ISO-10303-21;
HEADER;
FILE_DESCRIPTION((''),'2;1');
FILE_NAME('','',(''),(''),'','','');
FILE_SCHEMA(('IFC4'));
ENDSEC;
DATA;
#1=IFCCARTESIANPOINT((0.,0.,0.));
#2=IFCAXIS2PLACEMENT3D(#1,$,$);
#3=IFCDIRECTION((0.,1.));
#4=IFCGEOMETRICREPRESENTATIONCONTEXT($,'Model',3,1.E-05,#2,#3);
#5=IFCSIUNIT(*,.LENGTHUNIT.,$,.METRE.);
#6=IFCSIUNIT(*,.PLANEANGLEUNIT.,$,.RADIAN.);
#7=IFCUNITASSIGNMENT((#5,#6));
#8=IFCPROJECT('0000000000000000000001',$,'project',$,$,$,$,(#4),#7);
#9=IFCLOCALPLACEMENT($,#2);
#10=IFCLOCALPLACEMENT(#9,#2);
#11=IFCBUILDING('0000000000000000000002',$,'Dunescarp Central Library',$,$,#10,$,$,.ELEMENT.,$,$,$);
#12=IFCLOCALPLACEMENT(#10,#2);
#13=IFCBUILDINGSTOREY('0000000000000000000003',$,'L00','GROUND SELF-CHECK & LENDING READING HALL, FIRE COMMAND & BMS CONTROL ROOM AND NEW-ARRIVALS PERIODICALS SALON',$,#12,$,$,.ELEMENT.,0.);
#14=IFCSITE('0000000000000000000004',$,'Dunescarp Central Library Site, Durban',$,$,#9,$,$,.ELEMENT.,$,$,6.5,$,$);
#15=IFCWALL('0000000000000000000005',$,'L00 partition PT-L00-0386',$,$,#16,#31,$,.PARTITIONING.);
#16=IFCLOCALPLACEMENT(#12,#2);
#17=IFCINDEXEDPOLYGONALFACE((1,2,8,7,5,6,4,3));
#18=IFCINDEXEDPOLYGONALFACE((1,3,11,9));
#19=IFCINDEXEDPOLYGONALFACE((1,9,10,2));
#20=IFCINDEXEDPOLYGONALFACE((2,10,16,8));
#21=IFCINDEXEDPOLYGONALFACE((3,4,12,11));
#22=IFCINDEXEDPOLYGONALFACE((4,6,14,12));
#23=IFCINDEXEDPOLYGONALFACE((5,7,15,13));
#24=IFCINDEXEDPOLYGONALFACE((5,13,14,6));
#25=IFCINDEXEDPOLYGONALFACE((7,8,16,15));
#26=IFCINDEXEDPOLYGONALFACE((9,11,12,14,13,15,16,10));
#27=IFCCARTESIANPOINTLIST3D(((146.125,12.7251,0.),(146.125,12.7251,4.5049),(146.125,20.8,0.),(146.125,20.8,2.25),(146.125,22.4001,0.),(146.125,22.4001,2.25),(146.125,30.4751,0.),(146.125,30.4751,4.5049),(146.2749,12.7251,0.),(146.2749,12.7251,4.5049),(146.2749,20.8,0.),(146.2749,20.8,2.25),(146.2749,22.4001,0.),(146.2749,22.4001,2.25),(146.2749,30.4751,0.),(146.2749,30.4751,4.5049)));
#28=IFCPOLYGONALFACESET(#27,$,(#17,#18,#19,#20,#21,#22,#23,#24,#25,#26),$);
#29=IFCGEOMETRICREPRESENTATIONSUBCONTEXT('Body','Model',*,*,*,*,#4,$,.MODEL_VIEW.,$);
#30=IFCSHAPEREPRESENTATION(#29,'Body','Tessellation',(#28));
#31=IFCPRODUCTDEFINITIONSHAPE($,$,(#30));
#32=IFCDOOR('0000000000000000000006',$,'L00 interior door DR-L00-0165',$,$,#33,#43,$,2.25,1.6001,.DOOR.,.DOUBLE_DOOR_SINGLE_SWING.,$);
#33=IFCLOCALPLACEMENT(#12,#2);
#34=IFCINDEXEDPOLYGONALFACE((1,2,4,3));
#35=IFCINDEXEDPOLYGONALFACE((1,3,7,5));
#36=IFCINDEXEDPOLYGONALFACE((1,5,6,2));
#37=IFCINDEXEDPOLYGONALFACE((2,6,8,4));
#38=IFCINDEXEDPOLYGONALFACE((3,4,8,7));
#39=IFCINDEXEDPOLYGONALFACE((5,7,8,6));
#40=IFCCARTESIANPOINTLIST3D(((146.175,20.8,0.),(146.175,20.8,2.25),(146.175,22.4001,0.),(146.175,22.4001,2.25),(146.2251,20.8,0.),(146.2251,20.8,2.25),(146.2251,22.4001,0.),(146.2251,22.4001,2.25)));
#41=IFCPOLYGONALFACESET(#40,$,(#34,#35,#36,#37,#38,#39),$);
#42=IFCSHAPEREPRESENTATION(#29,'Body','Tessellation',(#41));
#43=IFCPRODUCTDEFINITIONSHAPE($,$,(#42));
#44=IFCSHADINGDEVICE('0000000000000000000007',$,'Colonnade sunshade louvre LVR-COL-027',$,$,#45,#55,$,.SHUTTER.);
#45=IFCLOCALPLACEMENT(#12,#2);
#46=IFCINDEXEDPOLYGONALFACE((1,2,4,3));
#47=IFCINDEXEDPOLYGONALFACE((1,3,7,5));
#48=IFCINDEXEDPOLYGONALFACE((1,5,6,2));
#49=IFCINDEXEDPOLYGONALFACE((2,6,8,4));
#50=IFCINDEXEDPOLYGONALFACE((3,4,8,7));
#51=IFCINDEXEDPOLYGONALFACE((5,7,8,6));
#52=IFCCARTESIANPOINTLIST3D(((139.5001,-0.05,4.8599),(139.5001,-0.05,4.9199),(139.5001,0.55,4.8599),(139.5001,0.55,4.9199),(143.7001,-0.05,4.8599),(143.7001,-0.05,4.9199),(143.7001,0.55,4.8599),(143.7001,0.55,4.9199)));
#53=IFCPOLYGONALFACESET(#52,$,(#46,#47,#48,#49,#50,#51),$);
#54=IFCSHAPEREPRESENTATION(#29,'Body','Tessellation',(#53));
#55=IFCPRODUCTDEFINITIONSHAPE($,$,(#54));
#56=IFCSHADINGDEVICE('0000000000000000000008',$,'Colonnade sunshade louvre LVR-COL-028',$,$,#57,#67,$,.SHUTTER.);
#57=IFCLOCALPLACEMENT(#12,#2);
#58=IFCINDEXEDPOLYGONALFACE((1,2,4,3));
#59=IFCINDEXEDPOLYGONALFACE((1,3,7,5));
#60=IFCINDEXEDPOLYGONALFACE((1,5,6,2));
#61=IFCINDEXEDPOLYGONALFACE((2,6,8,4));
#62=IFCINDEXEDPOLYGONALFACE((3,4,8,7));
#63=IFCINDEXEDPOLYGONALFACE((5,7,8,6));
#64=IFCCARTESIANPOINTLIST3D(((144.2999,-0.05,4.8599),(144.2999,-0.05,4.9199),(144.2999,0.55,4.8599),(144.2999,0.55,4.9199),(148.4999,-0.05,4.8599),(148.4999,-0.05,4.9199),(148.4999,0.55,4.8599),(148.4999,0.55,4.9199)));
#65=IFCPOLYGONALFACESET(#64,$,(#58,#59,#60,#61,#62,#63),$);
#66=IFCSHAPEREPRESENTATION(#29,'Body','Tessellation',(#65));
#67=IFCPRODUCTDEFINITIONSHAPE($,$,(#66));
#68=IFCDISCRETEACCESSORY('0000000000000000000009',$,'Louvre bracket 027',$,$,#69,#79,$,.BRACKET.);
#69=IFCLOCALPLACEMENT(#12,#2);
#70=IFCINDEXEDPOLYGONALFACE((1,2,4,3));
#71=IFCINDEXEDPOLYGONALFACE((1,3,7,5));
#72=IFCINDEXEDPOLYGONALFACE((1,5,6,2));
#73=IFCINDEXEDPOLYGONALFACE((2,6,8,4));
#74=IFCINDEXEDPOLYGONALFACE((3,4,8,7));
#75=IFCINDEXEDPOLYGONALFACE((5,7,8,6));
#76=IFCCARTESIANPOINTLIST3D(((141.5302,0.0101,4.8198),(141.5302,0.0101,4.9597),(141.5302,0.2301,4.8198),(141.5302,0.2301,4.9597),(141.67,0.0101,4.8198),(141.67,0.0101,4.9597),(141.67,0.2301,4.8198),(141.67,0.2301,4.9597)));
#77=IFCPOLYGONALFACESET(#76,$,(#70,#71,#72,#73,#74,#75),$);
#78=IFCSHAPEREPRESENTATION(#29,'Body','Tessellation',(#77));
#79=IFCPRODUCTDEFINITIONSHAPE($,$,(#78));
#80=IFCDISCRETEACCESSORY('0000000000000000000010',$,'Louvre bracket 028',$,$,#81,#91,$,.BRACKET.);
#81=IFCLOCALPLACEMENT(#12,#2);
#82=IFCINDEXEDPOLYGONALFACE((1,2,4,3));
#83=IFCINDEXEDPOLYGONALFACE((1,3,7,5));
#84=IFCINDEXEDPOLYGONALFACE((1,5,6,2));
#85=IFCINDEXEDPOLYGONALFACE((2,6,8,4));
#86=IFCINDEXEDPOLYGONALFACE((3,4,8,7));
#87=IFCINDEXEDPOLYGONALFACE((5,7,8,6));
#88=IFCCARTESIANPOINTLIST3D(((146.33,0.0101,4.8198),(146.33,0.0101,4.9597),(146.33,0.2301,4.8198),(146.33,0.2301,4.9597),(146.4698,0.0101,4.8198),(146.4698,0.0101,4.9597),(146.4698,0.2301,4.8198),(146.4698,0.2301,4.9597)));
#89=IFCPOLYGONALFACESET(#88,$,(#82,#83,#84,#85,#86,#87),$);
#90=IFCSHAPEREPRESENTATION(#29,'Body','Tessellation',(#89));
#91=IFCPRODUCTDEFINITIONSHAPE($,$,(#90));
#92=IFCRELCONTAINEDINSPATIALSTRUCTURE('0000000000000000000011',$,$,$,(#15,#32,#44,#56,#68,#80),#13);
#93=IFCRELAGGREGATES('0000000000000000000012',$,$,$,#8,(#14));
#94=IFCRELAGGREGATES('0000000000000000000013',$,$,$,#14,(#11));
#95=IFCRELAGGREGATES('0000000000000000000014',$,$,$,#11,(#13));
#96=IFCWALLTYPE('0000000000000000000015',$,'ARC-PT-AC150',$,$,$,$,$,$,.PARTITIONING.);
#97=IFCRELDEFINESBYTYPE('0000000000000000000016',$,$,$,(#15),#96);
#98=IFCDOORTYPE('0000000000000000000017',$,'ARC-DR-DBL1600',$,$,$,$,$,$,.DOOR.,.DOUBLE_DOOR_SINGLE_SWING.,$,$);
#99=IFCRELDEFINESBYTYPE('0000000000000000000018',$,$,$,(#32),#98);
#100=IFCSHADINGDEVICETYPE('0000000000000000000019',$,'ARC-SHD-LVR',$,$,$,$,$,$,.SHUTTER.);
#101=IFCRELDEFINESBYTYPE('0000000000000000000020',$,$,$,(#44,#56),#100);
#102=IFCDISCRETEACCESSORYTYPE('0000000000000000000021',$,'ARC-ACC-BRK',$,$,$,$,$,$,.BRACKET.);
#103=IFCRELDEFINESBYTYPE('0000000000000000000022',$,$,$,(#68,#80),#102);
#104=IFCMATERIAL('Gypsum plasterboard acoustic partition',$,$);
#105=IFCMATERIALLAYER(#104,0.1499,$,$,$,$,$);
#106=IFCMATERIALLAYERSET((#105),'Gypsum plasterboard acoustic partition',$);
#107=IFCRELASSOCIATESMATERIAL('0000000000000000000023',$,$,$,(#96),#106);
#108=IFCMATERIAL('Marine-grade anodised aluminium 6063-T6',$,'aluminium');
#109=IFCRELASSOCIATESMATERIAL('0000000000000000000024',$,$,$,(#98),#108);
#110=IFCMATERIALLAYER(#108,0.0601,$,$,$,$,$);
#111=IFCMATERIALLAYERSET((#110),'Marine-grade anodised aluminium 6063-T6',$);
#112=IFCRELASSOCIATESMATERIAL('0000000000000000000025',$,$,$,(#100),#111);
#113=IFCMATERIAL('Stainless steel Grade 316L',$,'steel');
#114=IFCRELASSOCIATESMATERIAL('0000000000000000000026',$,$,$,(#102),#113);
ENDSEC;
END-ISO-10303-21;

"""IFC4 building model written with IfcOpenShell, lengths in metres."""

from ifc_helpers import new_model, si_unit, direction, frame, frame_2d, origin, origin_2d, place, context, subcontext, project, spatial, rectangle, extrude, material, layer, layer_set, type_object, element, fill, save


model = new_model("IFC4")

# Units and contexts
model_context = context("Model", 3, precision=1e-05, world=origin(), true_north=direction((0.0, 1.0)))
body_context = subcontext(model_context, "Body", "Model", "MODEL_VIEW")
ifc_project = project(units=[si_unit("LENGTHUNIT", "METRE"), si_unit("PLANEANGLEUNIT", "RADIAN")], contexts=[model_context])

# Site, building, storey
site_placement = place(None, origin())
site = spatial("IfcSite", under=ifc_project, at=site_placement, Name="Dunescarp Central Library Site, Durban", CompositionType="ELEMENT", RefElevation=6.5)
building_placement = place(site_placement, origin())
building = spatial("IfcBuilding", under=site, at=building_placement, Name="Dunescarp Central Library", CompositionType="ELEMENT")
storey_placement = place(building_placement, origin())
storey = spatial("IfcBuildingStorey", under=building, at=storey_placement, Name="L00", Description="GROUND SELF-CHECK & LENDING READING HALL, FIRE COMMAND & BMS CONTROL ROOM AND NEW-ARRIVALS PERIODICALS SALON", CompositionType="ELEMENT", Elevation=0.0)

# Shared definitions
ifc_material_1 = material(Name="Gypsum plasterboard acoustic partition")
ifc_layer_1 = layer(ifc_material_1, 0.1499)
ifc_layer_set_1 = layer_set([ifc_layer_1], Name="Gypsum plasterboard acoustic partition")
wall_type = type_object("IfcWallType", Name="ARC-PT-AC150", PredefinedType="PARTITIONING", material=ifc_layer_set_1)

# Wall, opening, door
wall_1_placement = place(storey_placement, frame((146.2, 12.7251, 0.0), z_axis=(0.0, 0.0, 1.0), x_axis=(0.0, 1.0, 0.0)))
wall_1 = element("IfcWall", 1, at=wall_1_placement, inside=storey, type_object=wall_type, Name="L00 partition PT-L00-0386", PredefinedType="PARTITIONING", context=body_context, shape_type="SweptSolid", body=[
    extrude(rectangle(XDim=17.75, YDim=0.1499, at=frame_2d((8.875, 0.0))), origin(), (0.0, 0.0, 1.0), 4.5049),
])
opening_placement = place(wall_1_placement, frame((8.075, 0.0, 0.0)))
opening = element("IfcOpeningElement", 2, at=opening_placement, cuts=wall_1, PredefinedType="OPENING", context=body_context, shape_type="SweptSolid", body=[
    extrude(rectangle(XDim=1.6001, YDim=2.25, at=frame_2d((0.8, 1.125))), frame((0.0, 0.085, 0.0), z_axis=(0.0, -1.0, 0.0), x_axis=(1.0, 0.0, 0.0)), (0.0, 0.0, 1.0), 0.1699),
])
ifc_material_2 = material(Name="Marine-grade anodised aluminium 6063-T6", Category="aluminium")
door_type = type_object("IfcDoorType", Name="ARC-DR-DBL1600", OperationType="DOUBLE_DOOR_SINGLE_SWING", PredefinedType="DOOR", material=ifc_material_2)
door_placement = place(opening_placement, origin())
door = element("IfcDoor", 3, at=door_placement, inside=storey, type_object=door_type, Name="L00 interior door DR-L00-0165", OperationType="DOUBLE_DOOR_SINGLE_SWING", OverallHeight=2.25, OverallWidth=1.6001, PredefinedType="DOOR", context=body_context, shape_type="SweptSolid", body=[
    extrude(rectangle(XDim=1.6001, YDim=2.25, at=frame_2d((0.8, 1.125))), frame((0.0, 0.0249, 0.0), z_axis=(0.0, -1.0, 0.0), x_axis=(1.0, 0.0, 0.0)), (0.0, 0.0, 1.0), 0.05),
])
fill(opening, door)

# Shading devices
ifc_layer_2 = layer(ifc_material_2, 0.0601)
ifc_layer_set_2 = layer_set([ifc_layer_2], Name="Marine-grade anodised aluminium 6063-T6")
shading_device_type = type_object("IfcShadingDeviceType", Name="ARC-SHD-LVR", PredefinedType="SHUTTER", material=ifc_layer_set_2)
for number, where, z_axis, x_axis, name in (
    (4, (141.6001, 0.25, 4.8599), (0.0, 0.0, 1.0), (1.0, 0.0, 0.0), "Colonnade sunshade louvre LVR-COL-027"),
    (5, (146.3999, 0.25, 4.8599), (0.0, 0.0, 1.0), (1.0, 0.0, 0.0), "Colonnade sunshade louvre LVR-COL-028"),
):
    element("IfcShadingDevice", number, at=place(storey_placement, frame(where, z_axis=z_axis, x_axis=x_axis)), inside=storey, type_object=shading_device_type, Name=name, PredefinedType="SHUTTER", context=body_context, shape_type="SweptSolid", body=[
        extrude(rectangle(XDim=4.2, YDim=0.6001, at=origin_2d()), origin(), (0.0, 0.0, 1.0), 0.0601),
    ])

# Discrete accessories
ifc_material_3 = material(Name="Stainless steel Grade 316L", Category="steel")
discrete_accessory_type = type_object("IfcDiscreteAccessoryType", Name="ARC-ACC-BRK", PredefinedType="BRACKET", material=ifc_material_3)
for number, where, z_axis, x_axis, name in (
    (6, (141.6001, 0.1201, 4.8198), (0.0, 0.0, 1.0), (1.0, 0.0, 0.0), "Louvre bracket 027"),
    (7, (146.3999, 0.1201, 4.8198), (0.0, 0.0, 1.0), (1.0, 0.0, 0.0), "Louvre bracket 028"),
):
    element("IfcDiscreteAccessory", number, at=place(storey_placement, frame(where, z_axis=z_axis, x_axis=x_axis)), inside=storey, type_object=discrete_accessory_type, Name=name, PredefinedType="BRACKET", context=body_context, shape_type="SweptSolid", body=[
        extrude(rectangle(XDim=0.1399, YDim=0.22, at=origin_2d()), origin(), (0.0, 0.0, 1.0), 0.1399),
    ])

save(model, "model.ifc")
